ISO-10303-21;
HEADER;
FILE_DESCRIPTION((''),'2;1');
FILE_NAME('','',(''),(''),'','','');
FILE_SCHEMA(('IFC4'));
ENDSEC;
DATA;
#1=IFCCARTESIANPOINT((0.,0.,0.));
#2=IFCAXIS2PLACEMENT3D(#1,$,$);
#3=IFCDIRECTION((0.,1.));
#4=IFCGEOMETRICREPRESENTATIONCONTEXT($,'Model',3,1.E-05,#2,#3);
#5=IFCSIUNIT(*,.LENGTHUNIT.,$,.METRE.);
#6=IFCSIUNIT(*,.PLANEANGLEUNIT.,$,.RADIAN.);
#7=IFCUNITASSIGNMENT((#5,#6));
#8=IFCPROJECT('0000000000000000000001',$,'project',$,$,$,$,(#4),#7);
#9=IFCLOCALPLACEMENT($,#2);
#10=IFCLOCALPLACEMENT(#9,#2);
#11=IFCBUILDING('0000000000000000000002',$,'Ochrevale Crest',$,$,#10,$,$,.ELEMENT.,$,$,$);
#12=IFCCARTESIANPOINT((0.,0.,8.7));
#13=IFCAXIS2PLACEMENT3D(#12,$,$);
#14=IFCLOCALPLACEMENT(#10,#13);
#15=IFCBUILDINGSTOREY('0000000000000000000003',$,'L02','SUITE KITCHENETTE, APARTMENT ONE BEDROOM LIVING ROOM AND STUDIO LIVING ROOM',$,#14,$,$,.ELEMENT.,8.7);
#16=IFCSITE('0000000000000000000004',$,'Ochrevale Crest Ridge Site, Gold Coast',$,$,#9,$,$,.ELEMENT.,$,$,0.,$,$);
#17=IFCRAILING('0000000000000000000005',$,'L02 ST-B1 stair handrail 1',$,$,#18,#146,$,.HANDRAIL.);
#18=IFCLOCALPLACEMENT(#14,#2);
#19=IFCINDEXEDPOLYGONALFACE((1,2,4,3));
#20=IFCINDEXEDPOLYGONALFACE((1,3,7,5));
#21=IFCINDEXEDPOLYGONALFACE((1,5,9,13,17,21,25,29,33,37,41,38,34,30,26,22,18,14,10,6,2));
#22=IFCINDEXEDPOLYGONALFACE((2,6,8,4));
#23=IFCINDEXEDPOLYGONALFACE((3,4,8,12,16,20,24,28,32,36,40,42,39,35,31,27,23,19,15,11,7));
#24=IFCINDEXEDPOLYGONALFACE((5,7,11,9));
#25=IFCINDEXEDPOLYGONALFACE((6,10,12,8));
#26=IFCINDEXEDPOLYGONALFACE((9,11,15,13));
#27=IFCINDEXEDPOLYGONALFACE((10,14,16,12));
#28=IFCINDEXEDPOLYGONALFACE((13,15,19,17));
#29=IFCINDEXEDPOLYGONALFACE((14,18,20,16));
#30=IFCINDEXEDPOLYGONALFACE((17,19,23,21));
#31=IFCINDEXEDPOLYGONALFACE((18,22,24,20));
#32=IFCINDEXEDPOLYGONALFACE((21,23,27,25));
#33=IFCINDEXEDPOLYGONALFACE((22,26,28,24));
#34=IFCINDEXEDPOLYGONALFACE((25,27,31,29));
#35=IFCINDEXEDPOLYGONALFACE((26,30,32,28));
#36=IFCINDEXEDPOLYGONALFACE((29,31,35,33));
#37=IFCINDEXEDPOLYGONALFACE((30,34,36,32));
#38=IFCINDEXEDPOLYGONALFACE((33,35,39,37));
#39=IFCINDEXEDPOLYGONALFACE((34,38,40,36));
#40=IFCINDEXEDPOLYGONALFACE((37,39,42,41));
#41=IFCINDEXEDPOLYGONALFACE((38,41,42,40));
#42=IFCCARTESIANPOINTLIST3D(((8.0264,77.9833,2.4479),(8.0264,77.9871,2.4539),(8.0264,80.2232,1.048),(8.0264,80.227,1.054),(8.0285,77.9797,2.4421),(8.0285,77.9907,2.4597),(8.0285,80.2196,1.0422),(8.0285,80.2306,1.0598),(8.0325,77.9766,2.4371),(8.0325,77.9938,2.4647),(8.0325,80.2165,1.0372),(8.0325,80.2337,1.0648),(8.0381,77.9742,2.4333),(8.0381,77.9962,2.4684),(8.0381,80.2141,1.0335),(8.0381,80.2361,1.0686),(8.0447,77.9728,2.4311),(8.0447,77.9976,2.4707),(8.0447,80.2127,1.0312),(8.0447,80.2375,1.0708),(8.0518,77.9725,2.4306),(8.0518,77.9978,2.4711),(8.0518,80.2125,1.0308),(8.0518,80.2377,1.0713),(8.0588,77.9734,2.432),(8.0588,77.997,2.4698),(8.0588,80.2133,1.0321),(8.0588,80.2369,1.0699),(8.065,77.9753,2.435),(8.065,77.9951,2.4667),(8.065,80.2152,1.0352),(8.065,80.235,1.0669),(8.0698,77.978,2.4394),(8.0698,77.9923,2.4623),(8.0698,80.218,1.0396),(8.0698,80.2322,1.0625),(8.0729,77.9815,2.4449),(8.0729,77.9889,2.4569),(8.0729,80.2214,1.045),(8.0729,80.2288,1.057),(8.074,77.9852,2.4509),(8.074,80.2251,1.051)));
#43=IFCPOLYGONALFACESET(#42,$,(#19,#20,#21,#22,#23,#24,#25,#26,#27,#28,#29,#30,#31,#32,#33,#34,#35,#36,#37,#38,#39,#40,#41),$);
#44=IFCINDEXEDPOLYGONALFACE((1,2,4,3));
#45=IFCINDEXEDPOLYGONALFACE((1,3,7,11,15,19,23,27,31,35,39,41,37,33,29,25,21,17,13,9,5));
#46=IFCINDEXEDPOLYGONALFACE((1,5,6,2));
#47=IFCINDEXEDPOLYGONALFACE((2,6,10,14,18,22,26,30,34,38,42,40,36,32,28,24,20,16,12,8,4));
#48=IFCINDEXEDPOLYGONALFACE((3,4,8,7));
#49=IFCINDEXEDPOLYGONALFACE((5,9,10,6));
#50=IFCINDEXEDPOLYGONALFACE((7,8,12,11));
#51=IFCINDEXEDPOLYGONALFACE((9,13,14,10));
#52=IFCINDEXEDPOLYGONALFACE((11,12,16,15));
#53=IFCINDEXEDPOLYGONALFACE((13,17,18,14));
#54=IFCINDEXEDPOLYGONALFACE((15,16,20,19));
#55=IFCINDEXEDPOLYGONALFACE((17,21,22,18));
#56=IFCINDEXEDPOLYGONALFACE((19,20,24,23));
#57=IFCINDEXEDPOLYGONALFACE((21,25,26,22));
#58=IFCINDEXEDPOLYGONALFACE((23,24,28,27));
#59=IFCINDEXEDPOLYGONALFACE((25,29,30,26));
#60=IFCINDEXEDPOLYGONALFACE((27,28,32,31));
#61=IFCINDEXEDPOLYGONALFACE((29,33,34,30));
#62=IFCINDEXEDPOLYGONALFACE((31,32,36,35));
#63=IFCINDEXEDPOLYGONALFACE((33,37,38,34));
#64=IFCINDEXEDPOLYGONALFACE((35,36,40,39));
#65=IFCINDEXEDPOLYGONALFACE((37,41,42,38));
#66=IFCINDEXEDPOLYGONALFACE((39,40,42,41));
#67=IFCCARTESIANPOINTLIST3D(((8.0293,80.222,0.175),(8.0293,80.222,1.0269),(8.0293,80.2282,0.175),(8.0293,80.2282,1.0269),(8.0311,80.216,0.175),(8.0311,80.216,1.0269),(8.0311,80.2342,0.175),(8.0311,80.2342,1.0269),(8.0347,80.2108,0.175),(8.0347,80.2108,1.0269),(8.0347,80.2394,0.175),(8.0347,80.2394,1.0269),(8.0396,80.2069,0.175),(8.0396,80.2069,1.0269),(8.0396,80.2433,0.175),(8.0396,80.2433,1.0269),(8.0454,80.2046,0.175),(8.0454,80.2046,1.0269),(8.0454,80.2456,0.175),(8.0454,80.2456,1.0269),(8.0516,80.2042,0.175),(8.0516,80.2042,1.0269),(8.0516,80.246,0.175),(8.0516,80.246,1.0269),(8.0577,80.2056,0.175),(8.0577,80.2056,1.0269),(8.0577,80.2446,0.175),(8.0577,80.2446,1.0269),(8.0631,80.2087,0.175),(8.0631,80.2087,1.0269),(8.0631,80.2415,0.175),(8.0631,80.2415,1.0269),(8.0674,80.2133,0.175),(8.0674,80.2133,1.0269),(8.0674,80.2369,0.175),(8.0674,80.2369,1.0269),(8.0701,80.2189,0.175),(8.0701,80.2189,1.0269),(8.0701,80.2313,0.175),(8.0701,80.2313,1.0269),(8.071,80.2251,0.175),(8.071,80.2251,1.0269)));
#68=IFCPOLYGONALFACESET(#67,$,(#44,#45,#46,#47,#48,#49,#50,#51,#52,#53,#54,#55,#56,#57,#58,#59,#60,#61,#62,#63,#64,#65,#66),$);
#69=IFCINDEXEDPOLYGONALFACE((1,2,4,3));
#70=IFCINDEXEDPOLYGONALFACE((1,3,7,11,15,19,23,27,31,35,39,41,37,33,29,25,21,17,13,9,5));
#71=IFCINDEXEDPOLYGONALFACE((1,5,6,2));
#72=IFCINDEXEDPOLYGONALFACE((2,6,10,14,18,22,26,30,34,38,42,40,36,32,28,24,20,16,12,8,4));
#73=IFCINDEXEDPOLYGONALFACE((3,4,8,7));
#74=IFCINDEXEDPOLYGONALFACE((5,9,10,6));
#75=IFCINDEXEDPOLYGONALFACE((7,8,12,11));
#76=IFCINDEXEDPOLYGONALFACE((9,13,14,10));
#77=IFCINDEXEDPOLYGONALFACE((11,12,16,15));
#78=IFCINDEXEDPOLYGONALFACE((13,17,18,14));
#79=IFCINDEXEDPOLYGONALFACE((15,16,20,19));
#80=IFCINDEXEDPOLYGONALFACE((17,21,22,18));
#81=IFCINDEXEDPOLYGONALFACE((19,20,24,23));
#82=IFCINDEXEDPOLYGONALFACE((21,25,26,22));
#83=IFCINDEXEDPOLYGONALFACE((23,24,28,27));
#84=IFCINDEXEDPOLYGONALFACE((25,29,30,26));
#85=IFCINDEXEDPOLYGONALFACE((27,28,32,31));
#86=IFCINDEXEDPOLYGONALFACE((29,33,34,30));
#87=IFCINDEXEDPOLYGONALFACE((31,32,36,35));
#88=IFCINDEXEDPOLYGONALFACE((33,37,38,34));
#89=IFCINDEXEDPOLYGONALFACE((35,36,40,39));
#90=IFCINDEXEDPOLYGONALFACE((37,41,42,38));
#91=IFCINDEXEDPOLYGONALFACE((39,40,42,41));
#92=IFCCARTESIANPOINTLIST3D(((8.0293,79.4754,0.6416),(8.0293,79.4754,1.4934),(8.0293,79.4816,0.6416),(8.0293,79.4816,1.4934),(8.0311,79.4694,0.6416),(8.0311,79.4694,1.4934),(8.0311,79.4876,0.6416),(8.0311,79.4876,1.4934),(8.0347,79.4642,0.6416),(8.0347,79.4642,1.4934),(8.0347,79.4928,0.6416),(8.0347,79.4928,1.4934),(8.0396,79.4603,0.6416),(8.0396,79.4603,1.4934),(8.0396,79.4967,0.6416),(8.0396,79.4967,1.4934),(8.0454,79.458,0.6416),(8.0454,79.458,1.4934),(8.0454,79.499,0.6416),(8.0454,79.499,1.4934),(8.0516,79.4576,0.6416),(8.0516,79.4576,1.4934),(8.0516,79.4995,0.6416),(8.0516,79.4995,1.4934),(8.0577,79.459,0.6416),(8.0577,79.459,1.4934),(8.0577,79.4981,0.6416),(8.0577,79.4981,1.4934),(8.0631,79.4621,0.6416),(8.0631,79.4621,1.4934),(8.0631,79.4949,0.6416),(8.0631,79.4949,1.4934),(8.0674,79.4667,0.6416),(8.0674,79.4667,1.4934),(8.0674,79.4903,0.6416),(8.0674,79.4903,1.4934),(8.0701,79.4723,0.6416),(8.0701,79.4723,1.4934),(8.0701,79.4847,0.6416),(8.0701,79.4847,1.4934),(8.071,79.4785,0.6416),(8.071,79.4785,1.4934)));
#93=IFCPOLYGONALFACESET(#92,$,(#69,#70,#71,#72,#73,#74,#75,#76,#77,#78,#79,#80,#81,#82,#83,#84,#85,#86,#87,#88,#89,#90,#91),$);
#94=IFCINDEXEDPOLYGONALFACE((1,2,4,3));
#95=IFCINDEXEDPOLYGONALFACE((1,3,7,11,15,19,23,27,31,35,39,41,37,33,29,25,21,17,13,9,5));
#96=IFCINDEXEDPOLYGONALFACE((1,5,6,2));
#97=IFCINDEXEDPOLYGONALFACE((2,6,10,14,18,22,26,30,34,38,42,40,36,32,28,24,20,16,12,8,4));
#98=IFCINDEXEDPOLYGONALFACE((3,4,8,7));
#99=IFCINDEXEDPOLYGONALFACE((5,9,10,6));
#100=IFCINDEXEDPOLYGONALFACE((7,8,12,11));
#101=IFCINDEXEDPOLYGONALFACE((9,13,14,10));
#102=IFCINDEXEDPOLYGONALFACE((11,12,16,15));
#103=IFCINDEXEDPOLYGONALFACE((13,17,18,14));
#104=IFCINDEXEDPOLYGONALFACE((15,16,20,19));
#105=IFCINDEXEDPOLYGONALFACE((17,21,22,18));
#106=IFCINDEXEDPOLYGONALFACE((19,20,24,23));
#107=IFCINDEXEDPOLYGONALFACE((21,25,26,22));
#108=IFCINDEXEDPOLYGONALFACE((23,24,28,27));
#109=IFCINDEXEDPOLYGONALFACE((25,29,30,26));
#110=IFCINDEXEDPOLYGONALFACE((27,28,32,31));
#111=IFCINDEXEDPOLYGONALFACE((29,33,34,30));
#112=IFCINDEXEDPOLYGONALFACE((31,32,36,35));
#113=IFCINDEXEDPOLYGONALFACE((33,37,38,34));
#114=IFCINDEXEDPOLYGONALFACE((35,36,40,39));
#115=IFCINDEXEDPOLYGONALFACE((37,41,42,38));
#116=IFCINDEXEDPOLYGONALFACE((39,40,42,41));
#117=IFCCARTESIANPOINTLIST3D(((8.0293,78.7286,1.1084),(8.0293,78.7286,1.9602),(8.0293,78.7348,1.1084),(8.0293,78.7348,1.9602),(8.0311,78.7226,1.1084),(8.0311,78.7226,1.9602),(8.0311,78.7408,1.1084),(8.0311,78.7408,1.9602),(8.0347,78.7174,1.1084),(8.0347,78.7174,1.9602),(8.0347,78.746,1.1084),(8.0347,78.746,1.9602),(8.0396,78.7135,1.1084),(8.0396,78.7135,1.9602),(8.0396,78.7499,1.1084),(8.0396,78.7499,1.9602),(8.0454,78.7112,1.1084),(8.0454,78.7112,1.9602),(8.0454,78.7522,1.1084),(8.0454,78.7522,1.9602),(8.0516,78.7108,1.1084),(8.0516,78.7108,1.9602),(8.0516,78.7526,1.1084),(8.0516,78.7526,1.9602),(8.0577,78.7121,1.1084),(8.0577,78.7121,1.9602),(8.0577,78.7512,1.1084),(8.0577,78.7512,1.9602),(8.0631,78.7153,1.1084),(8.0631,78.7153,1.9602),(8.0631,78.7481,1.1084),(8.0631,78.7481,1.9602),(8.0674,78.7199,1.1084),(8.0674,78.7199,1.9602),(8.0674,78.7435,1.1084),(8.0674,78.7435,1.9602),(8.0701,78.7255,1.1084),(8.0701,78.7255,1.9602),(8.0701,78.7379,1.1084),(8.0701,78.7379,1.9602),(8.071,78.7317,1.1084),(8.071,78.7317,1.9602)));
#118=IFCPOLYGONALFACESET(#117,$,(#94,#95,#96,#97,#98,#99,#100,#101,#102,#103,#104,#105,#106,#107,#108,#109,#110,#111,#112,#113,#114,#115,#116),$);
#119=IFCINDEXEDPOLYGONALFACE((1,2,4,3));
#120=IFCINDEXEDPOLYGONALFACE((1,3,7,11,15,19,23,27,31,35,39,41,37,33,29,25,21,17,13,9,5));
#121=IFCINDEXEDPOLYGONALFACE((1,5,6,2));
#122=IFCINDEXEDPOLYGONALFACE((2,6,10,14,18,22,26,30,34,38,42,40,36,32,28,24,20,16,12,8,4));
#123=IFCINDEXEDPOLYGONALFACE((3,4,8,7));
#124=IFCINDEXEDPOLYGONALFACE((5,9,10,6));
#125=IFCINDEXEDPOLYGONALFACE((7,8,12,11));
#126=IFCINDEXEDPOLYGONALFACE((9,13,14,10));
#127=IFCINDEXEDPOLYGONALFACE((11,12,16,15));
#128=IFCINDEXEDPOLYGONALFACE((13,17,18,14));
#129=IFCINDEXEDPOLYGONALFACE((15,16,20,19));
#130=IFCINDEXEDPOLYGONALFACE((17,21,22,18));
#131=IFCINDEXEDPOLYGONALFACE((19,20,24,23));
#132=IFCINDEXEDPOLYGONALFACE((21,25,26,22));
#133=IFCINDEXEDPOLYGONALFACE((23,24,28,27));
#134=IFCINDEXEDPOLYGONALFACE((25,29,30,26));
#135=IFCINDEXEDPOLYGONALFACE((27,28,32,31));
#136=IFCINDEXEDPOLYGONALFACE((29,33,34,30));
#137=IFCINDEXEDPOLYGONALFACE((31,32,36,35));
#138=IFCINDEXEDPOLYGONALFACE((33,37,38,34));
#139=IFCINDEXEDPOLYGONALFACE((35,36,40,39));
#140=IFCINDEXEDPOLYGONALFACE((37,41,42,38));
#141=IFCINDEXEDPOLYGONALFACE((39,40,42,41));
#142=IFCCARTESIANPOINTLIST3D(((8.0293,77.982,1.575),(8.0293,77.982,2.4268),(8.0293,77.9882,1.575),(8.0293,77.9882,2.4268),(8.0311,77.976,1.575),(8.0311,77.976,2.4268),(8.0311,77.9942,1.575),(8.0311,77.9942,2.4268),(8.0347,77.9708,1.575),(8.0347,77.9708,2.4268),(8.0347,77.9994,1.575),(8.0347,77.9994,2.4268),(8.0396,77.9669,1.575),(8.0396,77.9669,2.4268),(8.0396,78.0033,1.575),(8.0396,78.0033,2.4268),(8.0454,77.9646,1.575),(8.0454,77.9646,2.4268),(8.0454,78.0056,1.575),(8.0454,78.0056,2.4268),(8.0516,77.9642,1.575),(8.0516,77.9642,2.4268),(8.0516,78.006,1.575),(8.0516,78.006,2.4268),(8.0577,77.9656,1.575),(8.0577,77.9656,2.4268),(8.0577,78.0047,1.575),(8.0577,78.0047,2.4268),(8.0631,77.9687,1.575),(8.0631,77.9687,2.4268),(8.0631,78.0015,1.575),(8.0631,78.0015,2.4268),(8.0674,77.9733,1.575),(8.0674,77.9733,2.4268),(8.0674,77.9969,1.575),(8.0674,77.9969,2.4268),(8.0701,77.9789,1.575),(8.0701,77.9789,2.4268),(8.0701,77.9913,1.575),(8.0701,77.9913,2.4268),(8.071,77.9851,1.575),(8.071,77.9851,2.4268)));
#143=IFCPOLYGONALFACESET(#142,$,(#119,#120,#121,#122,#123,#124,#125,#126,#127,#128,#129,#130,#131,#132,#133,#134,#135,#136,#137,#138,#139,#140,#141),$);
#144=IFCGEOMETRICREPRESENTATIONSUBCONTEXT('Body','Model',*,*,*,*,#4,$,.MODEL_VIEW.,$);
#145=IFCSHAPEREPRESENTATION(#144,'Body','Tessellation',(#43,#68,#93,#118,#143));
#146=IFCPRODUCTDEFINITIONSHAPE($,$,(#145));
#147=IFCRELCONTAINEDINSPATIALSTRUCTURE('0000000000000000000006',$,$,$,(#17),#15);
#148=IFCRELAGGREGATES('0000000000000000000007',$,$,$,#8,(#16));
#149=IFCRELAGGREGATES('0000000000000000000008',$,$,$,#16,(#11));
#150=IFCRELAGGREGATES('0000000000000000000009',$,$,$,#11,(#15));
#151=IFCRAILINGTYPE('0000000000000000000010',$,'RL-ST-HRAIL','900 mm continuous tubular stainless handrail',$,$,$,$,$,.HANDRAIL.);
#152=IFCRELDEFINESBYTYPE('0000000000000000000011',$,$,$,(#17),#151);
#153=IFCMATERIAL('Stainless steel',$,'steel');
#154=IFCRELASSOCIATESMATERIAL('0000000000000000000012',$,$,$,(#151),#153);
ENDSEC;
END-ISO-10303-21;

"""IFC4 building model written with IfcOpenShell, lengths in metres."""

from ifc_helpers import new_model, si_unit, direction, frame, origin, origin_2d, place, context, subcontext, project, spatial, circle, extrude, material, type_object, element, save


model = new_model("IFC4")

# Units and contexts
model_context = context("Model", 3, precision=1e-05, world=origin(), true_north=direction((0.0, 1.0)))
body_context = subcontext(model_context, "Body", "Model", "MODEL_VIEW")
ifc_project = project(units=[si_unit("LENGTHUNIT", "METRE"), si_unit("PLANEANGLEUNIT", "RADIAN")], contexts=[model_context])

# Site, building, storey
site_placement = place(None, origin())
site = spatial("IfcSite", under=ifc_project, at=site_placement, Name="Ochrevale Crest Ridge Site, Gold Coast", CompositionType="ELEMENT", RefElevation=0.0)
building_placement = place(site_placement, origin())
building = spatial("IfcBuilding", under=site, at=building_placement, Name="Ochrevale Crest", CompositionType="ELEMENT")
storey_placement = place(building_placement, frame((0.0, 0.0, 8.7)))
storey = spatial("IfcBuildingStorey", under=building, at=storey_placement, Name="L02", Description="SUITE KITCHENETTE, APARTMENT ONE BEDROOM LIVING ROOM AND STUDIO LIVING ROOM", CompositionType="ELEMENT", Elevation=8.7)

# Railing
ifc_material_1 = material(Name="Stainless steel", Category="steel")
railing_type_1 = type_object("IfcRailingType", Name="RL-ST-HRAIL", Description="900 mm continuous tubular stainless handrail", PredefinedType="HANDRAIL", material=ifc_material_1)
railing_1_placement = place(storey_placement, frame((8.05, 80.2251, 0.175)))
element("IfcRailing", 1, at=railing_1_placement, inside=storey, type_object=railing_type_1, Name="L02 ST-B1 stair handrail 1", PredefinedType="HANDRAIL", context=body_context, shape_type="SweptSolid", body=[
    extrude(circle(Radius=0.0239, at=origin_2d()), frame((0.0, 0.0, 0.876), z_axis=(0.0, -0.848014, 0.529974), x_axis=(1.0, 0.0, 0.0)), (0.0, 0.0, 1.0), 2.6414),
    extrude(circle(Radius=0.021, at=origin_2d()), origin(), (0.0, 0.0, 1.0), 0.8518),
    extrude(circle(Radius=0.021, at=origin_2d()), frame((0.0, -0.7466, 0.4666)), (0.0, 0.0, 1.0), 0.8518),
    extrude(circle(Radius=0.021, at=origin_2d()), frame((0.0, -1.4934, 0.9333)), (0.0, 0.0, 1.0), 0.8518),
    extrude(circle(Radius=0.021, at=origin_2d()), frame((0.0, -2.24, 1.3999)), (0.0, 0.0, 1.0), 0.8518),
])

save(model, "model.ifc")
